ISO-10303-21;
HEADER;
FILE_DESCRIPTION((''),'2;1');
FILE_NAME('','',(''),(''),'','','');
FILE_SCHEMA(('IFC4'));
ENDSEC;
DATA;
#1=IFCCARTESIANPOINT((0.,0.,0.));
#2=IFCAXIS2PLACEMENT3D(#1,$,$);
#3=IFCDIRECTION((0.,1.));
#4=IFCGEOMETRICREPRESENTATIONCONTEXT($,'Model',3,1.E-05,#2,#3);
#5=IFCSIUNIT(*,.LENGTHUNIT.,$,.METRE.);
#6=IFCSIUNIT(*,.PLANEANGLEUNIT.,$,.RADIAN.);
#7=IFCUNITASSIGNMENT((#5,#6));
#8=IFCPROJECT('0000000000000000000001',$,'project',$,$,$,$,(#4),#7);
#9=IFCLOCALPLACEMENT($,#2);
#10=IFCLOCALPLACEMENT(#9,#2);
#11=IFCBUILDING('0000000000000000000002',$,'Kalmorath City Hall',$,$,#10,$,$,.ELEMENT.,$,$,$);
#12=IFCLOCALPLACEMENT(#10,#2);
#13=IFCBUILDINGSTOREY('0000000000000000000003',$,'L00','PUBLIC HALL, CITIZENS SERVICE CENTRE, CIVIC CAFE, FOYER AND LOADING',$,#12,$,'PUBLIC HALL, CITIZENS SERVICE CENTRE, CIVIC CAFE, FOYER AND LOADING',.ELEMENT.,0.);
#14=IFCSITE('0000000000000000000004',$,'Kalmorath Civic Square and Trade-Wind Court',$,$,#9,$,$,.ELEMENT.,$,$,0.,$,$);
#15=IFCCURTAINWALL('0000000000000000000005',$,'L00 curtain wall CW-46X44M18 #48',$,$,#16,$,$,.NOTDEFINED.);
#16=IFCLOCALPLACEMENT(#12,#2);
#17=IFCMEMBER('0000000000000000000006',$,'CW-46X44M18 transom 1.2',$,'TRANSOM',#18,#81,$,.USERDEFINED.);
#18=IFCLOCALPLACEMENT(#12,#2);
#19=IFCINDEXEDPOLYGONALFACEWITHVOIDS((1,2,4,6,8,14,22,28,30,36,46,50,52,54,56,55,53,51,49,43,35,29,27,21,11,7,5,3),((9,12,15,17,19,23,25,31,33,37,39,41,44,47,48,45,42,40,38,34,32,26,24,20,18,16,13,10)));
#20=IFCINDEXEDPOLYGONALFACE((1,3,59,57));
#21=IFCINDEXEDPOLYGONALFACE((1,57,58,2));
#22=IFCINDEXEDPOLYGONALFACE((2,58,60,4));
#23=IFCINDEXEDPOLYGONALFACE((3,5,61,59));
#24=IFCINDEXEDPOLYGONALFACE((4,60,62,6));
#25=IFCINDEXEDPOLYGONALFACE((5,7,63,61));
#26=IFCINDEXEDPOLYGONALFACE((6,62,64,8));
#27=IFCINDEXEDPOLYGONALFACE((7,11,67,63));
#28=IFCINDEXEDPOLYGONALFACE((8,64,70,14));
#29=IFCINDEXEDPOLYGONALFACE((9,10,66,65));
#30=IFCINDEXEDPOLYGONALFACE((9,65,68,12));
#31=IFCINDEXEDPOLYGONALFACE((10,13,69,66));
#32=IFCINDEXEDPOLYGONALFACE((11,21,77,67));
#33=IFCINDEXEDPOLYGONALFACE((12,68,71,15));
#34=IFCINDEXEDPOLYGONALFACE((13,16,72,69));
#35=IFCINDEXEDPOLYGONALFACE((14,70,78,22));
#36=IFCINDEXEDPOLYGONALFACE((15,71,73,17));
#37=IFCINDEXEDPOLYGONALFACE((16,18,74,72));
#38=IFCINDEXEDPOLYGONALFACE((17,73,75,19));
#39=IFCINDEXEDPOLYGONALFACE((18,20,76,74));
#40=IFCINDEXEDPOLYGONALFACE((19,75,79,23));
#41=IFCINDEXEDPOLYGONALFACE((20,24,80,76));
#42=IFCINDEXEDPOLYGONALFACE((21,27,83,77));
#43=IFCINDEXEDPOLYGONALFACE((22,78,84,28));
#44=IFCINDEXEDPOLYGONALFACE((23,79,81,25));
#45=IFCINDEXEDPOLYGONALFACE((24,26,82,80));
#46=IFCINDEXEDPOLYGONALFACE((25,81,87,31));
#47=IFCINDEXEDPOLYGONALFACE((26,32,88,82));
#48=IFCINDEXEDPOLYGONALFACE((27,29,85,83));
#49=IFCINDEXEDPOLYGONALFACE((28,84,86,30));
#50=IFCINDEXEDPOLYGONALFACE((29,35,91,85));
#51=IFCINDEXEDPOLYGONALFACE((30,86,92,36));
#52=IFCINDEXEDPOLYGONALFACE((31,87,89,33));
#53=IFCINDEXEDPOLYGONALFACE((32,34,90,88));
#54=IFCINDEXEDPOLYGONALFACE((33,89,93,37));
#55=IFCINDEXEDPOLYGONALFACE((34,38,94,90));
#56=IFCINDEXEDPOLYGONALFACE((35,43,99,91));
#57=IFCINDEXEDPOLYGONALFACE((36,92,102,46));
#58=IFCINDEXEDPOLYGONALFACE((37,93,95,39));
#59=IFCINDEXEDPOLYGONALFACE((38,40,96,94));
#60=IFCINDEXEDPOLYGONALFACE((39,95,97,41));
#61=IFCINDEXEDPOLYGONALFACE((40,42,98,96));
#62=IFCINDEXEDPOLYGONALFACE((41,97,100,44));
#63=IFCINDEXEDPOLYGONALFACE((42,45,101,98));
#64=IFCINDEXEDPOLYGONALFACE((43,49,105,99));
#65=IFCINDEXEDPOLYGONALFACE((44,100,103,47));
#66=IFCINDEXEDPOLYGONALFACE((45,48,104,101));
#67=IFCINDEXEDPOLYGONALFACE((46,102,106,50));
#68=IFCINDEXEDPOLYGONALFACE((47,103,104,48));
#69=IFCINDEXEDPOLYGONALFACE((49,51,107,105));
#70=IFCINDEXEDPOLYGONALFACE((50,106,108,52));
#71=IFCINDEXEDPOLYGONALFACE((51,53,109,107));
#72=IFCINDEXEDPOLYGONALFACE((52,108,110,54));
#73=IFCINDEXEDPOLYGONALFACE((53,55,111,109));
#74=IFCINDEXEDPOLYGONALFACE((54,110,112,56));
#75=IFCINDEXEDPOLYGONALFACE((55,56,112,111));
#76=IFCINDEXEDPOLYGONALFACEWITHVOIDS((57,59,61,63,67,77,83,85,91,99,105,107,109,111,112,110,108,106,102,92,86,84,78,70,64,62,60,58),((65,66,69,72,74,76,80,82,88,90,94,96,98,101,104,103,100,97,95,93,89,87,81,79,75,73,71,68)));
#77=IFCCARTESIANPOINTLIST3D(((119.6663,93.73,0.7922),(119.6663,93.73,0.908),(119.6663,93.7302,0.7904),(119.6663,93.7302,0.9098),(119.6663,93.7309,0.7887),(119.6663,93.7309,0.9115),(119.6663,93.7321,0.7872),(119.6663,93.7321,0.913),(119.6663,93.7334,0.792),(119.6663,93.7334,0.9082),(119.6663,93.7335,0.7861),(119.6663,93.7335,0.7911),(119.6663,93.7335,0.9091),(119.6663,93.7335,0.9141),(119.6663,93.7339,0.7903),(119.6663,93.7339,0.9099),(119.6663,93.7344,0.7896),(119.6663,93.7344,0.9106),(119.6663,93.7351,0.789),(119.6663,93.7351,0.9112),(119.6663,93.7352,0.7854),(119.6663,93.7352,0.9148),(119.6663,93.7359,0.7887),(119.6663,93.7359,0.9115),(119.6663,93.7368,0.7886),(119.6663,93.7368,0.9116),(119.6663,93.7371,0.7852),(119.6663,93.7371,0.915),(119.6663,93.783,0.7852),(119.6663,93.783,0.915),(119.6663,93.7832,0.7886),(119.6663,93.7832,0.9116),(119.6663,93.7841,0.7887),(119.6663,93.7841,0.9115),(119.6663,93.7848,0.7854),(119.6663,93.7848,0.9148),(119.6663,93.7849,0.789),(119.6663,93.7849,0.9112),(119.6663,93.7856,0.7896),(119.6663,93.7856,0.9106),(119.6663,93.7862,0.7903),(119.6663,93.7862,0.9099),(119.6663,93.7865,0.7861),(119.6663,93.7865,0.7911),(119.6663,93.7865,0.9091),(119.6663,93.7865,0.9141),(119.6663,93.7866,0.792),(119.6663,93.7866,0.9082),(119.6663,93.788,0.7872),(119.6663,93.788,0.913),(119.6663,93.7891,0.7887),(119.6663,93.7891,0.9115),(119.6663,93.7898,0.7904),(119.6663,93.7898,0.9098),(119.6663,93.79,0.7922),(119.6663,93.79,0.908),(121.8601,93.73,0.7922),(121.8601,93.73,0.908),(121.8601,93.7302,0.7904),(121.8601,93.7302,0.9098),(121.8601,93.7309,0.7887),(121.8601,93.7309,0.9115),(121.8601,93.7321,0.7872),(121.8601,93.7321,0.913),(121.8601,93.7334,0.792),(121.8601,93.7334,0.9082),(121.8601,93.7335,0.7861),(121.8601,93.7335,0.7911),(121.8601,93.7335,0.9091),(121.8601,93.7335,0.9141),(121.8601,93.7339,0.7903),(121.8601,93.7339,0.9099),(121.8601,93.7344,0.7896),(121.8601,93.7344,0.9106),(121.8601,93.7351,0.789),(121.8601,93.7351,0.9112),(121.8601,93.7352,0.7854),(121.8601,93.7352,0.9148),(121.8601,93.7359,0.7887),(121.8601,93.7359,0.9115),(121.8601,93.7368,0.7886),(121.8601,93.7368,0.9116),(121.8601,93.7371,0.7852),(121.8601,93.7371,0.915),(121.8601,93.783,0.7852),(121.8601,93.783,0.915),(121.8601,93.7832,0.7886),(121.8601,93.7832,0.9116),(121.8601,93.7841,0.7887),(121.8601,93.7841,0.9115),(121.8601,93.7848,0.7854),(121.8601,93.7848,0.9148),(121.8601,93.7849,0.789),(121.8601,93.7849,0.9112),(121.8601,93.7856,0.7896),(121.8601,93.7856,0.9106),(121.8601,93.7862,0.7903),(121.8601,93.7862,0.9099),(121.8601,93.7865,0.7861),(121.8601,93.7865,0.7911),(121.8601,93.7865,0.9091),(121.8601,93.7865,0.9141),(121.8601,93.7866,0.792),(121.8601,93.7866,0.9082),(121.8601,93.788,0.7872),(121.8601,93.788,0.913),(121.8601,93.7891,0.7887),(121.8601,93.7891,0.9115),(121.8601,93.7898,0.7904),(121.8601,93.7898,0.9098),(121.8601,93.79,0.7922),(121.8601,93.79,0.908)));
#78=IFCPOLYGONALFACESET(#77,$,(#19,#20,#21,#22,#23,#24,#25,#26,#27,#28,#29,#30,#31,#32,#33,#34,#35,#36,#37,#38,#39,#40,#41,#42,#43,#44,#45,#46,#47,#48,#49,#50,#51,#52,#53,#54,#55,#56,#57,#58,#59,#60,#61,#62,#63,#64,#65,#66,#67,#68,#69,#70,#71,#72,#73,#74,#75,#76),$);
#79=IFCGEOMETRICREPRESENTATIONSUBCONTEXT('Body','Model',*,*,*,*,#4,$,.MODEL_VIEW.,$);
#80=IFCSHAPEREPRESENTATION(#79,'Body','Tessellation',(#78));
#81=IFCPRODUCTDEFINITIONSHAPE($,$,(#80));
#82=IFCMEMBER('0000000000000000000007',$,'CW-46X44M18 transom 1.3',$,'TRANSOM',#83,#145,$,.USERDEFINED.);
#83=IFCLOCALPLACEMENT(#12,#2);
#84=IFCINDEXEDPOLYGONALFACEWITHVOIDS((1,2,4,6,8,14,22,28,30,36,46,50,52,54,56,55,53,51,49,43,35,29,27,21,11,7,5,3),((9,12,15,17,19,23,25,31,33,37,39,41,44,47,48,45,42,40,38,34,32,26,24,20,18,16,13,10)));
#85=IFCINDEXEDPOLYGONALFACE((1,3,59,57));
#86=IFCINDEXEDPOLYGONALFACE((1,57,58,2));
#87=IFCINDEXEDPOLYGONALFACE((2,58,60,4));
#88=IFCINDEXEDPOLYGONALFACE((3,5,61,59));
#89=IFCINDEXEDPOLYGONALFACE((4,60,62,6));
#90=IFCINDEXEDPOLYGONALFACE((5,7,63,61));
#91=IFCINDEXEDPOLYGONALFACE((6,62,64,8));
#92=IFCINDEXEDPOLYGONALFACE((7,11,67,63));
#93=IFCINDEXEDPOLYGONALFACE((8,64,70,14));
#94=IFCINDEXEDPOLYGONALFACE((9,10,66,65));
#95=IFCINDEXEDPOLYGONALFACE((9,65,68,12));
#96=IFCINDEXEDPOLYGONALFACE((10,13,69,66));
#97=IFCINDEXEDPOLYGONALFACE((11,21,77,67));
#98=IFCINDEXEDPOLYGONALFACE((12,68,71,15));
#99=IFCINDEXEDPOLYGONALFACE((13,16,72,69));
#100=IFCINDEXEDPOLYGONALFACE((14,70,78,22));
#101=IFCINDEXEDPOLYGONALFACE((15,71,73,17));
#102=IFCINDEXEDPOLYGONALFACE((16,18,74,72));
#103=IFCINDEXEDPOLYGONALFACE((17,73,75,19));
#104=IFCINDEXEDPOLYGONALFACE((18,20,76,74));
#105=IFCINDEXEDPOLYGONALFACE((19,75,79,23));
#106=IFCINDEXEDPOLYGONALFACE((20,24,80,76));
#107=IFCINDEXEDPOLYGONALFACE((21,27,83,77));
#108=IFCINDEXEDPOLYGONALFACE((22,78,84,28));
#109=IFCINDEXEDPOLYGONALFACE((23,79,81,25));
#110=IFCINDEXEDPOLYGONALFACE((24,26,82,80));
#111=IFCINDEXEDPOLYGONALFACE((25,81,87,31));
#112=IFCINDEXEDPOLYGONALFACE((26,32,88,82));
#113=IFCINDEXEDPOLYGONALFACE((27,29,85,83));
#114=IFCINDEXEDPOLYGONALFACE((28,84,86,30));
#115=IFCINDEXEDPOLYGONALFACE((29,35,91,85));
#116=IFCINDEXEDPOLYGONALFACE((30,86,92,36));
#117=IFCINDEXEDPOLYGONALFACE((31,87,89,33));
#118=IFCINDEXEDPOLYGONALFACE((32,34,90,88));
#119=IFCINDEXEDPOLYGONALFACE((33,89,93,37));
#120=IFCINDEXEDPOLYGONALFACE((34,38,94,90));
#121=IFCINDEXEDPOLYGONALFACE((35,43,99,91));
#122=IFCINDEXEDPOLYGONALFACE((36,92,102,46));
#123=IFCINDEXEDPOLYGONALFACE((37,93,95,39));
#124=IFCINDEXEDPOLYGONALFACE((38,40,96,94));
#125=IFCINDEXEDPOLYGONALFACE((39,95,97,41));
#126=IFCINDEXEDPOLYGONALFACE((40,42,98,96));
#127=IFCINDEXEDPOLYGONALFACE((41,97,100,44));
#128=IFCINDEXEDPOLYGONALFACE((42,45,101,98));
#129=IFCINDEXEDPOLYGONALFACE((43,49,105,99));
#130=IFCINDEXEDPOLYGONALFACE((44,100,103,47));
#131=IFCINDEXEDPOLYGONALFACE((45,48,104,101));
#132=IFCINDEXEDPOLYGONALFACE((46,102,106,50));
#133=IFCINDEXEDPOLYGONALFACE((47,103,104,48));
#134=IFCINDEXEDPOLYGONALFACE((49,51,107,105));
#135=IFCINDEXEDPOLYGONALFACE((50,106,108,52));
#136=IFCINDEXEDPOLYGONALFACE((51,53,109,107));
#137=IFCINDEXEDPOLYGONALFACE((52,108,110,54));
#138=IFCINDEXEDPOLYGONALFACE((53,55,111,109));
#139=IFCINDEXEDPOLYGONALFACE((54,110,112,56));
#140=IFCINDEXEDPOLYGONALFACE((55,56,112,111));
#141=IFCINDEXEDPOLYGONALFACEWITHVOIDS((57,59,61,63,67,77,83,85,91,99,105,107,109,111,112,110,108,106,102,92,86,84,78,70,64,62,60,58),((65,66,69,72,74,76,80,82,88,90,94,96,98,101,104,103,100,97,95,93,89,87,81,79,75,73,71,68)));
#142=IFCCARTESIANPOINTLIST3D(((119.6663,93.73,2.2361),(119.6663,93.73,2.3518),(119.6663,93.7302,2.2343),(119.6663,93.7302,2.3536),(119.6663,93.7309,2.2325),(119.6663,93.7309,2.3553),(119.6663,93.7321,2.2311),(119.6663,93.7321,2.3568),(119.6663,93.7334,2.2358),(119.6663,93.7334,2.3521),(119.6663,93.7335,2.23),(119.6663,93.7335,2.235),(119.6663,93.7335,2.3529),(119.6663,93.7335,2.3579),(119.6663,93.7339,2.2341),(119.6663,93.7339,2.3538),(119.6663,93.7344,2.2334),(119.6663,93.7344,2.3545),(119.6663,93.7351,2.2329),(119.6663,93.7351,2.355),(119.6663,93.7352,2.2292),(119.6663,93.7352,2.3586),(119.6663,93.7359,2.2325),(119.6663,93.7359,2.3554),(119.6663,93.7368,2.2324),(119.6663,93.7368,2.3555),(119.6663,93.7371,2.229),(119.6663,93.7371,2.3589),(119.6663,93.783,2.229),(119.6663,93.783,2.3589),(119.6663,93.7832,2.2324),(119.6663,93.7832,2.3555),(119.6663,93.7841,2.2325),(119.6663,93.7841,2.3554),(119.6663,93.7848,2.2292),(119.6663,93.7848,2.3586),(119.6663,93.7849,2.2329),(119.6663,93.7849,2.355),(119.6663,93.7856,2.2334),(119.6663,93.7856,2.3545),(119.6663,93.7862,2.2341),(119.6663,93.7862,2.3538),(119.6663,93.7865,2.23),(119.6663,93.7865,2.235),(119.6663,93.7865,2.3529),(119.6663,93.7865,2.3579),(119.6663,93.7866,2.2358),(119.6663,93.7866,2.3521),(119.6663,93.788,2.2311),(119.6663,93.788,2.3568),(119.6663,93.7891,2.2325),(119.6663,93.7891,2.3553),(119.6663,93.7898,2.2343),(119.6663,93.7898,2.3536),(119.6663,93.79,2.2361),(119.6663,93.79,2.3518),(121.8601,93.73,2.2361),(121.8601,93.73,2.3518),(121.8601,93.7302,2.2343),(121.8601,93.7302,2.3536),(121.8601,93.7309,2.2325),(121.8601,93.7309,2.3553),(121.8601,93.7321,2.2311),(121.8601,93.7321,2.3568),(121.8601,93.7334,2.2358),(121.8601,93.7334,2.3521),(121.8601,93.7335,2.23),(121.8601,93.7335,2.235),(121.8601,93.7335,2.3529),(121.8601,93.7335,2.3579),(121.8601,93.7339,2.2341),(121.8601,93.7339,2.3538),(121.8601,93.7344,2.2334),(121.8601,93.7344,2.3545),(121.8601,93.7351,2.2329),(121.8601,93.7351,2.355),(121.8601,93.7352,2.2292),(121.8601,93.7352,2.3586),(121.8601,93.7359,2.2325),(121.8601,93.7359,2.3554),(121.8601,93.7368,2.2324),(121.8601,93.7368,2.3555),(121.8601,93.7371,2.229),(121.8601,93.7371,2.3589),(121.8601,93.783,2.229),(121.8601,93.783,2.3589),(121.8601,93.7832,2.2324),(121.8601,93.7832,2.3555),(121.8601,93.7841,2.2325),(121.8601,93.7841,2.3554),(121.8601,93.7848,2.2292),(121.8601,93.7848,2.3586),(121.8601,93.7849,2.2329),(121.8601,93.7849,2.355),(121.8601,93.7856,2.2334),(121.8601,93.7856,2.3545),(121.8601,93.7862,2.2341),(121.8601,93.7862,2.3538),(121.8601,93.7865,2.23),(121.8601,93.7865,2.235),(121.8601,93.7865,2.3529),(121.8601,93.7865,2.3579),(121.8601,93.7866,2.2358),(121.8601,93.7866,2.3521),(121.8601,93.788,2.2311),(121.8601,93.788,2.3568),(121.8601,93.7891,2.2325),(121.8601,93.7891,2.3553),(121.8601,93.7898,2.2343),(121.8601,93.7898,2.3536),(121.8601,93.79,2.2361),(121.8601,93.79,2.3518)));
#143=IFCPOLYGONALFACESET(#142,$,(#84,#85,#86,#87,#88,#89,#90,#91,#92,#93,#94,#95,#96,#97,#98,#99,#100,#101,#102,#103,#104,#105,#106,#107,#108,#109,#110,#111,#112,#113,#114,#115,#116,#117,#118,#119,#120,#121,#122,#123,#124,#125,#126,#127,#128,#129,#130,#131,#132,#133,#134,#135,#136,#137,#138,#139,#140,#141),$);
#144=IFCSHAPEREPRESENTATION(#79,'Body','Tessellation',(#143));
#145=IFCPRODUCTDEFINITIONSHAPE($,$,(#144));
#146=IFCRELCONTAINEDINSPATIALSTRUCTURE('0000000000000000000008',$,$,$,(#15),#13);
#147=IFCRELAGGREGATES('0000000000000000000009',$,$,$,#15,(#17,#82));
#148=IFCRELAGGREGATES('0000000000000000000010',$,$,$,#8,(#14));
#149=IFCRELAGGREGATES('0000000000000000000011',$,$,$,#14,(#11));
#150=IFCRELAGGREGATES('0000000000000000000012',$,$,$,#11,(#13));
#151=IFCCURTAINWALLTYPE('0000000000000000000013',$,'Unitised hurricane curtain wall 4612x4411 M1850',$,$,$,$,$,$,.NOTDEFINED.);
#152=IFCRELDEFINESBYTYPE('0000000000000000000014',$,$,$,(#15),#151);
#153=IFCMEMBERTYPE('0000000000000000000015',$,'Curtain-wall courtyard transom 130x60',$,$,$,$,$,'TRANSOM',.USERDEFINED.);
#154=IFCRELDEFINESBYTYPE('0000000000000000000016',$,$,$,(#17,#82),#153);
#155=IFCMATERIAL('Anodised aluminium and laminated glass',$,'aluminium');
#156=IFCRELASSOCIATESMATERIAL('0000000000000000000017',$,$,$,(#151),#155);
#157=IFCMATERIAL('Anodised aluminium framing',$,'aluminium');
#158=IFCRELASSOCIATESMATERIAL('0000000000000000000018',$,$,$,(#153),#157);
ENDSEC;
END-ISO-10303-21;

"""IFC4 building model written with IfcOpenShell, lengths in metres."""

from ifc_helpers import new_model, si_unit, direction, frame, origin, origin_2d, place, context, subcontext, project, spatial, hollow_rectangle, extrude, material, material_profile, profile_set, type_object, element, aggregate, save


model = new_model("IFC4")

# Units and contexts
model_context = context("Model", 3, precision=1e-05, world=origin(), true_north=direction((0.0, 1.0)))
body_context = subcontext(model_context, "Body", "Model", "MODEL_VIEW")
ifc_project = project(units=[si_unit("LENGTHUNIT", "METRE"), si_unit("PLANEANGLEUNIT", "RADIAN")], contexts=[model_context])

# Site, building, storey
site_placement = place(None, origin())
site = spatial("IfcSite", under=ifc_project, at=site_placement, Name="Kalmorath Civic Square and Trade-Wind Court", CompositionType="ELEMENT", RefElevation=0.0)
building_placement = place(site_placement, origin())
building = spatial("IfcBuilding", under=site, at=building_placement, Name="Kalmorath City Hall", CompositionType="ELEMENT")
storey_placement = place(building_placement, origin())
storey = spatial("IfcBuildingStorey", under=building, at=storey_placement, Name="L00", Description="PUBLIC HALL, CITIZENS SERVICE CENTRE, CIVIC CAFE, FOYER AND LOADING", LongName="PUBLIC HALL, CITIZENS SERVICE CENTRE, CIVIC CAFE, FOYER AND LOADING", CompositionType="ELEMENT", Elevation=0.0)

# Curtain wall, members
ifc_material_1 = material(Name="Anodised aluminium and laminated glass", Category="aluminium")
curtain_wall_type = type_object("IfcCurtainWallType", Name="Unitised hurricane curtain wall 4612x4411 M1850", PredefinedType="NOTDEFINED", material=ifc_material_1)
curtain_wall_placement = place(storey_placement, origin())
curtain_wall = element("IfcCurtainWall", 1, at=curtain_wall_placement, inside=storey, type_object=curtain_wall_type, Name="L00 curtain wall CW-46X44M18 #48", PredefinedType="NOTDEFINED")
ifc_material_2 = material(Name="Anodised aluminium framing", Category="aluminium")
ifc_material_profile_1 = material_profile(ifc_material_2, hollow_rectangle(XDim=0.0601, YDim=0.1299, WallThickness=0.0034, InnerFilletRadius=0.0034, OuterFilletRadius=0.0071, at=origin_2d()), Name="ALU-TRN-130X60X3.5")
ifc_profile_set_1 = profile_set([ifc_material_profile_1], Name="Anodised aluminium framing")
member_type_1 = type_object("IfcMemberType", Name="Curtain-wall courtyard transom 130x60", ElementType="TRANSOM", PredefinedType="USERDEFINED", material=ifc_profile_set_1)
member_1_placement = place(storey_placement, frame((121.8601, 93.76, 0.8501), z_axis=(-1.0, 0.0, 0.0), x_axis=(0.0, -1.0, 0.0)))
member_1 = element("IfcMember", 2, at=member_1_placement, type_object=member_type_1, Name="CW-46X44M18 transom 1.2", ObjectType="TRANSOM", PredefinedType="USERDEFINED", context=body_context, shape_type="SweptSolid", body=[
    extrude(hollow_rectangle(XDim=0.0601, YDim=0.1299, WallThickness=0.0034, InnerFilletRadius=0.0034, OuterFilletRadius=0.0071, at=origin_2d()), origin(), (0.0, 0.0, 1.0), 2.1938),
])
member_2_placement = place(storey_placement, frame((121.8601, 93.76, 2.2939), z_axis=(-1.0, 0.0, 0.0), x_axis=(0.0, -1.0, 0.0)))
member_2 = element("IfcMember", 3, at=member_2_placement, type_object=member_type_1, Name="CW-46X44M18 transom 1.3", ObjectType="TRANSOM", PredefinedType="USERDEFINED", context=body_context, shape_type="SweptSolid", body=[
    extrude(hollow_rectangle(XDim=0.0601, YDim=0.1299, WallThickness=0.0034, InnerFilletRadius=0.0034, OuterFilletRadius=0.0071, at=origin_2d()), origin(), (0.0, 0.0, 1.0), 2.1938),
])

aggregate(curtain_wall, [member_1, member_2])

save(model, "model.ifc")
